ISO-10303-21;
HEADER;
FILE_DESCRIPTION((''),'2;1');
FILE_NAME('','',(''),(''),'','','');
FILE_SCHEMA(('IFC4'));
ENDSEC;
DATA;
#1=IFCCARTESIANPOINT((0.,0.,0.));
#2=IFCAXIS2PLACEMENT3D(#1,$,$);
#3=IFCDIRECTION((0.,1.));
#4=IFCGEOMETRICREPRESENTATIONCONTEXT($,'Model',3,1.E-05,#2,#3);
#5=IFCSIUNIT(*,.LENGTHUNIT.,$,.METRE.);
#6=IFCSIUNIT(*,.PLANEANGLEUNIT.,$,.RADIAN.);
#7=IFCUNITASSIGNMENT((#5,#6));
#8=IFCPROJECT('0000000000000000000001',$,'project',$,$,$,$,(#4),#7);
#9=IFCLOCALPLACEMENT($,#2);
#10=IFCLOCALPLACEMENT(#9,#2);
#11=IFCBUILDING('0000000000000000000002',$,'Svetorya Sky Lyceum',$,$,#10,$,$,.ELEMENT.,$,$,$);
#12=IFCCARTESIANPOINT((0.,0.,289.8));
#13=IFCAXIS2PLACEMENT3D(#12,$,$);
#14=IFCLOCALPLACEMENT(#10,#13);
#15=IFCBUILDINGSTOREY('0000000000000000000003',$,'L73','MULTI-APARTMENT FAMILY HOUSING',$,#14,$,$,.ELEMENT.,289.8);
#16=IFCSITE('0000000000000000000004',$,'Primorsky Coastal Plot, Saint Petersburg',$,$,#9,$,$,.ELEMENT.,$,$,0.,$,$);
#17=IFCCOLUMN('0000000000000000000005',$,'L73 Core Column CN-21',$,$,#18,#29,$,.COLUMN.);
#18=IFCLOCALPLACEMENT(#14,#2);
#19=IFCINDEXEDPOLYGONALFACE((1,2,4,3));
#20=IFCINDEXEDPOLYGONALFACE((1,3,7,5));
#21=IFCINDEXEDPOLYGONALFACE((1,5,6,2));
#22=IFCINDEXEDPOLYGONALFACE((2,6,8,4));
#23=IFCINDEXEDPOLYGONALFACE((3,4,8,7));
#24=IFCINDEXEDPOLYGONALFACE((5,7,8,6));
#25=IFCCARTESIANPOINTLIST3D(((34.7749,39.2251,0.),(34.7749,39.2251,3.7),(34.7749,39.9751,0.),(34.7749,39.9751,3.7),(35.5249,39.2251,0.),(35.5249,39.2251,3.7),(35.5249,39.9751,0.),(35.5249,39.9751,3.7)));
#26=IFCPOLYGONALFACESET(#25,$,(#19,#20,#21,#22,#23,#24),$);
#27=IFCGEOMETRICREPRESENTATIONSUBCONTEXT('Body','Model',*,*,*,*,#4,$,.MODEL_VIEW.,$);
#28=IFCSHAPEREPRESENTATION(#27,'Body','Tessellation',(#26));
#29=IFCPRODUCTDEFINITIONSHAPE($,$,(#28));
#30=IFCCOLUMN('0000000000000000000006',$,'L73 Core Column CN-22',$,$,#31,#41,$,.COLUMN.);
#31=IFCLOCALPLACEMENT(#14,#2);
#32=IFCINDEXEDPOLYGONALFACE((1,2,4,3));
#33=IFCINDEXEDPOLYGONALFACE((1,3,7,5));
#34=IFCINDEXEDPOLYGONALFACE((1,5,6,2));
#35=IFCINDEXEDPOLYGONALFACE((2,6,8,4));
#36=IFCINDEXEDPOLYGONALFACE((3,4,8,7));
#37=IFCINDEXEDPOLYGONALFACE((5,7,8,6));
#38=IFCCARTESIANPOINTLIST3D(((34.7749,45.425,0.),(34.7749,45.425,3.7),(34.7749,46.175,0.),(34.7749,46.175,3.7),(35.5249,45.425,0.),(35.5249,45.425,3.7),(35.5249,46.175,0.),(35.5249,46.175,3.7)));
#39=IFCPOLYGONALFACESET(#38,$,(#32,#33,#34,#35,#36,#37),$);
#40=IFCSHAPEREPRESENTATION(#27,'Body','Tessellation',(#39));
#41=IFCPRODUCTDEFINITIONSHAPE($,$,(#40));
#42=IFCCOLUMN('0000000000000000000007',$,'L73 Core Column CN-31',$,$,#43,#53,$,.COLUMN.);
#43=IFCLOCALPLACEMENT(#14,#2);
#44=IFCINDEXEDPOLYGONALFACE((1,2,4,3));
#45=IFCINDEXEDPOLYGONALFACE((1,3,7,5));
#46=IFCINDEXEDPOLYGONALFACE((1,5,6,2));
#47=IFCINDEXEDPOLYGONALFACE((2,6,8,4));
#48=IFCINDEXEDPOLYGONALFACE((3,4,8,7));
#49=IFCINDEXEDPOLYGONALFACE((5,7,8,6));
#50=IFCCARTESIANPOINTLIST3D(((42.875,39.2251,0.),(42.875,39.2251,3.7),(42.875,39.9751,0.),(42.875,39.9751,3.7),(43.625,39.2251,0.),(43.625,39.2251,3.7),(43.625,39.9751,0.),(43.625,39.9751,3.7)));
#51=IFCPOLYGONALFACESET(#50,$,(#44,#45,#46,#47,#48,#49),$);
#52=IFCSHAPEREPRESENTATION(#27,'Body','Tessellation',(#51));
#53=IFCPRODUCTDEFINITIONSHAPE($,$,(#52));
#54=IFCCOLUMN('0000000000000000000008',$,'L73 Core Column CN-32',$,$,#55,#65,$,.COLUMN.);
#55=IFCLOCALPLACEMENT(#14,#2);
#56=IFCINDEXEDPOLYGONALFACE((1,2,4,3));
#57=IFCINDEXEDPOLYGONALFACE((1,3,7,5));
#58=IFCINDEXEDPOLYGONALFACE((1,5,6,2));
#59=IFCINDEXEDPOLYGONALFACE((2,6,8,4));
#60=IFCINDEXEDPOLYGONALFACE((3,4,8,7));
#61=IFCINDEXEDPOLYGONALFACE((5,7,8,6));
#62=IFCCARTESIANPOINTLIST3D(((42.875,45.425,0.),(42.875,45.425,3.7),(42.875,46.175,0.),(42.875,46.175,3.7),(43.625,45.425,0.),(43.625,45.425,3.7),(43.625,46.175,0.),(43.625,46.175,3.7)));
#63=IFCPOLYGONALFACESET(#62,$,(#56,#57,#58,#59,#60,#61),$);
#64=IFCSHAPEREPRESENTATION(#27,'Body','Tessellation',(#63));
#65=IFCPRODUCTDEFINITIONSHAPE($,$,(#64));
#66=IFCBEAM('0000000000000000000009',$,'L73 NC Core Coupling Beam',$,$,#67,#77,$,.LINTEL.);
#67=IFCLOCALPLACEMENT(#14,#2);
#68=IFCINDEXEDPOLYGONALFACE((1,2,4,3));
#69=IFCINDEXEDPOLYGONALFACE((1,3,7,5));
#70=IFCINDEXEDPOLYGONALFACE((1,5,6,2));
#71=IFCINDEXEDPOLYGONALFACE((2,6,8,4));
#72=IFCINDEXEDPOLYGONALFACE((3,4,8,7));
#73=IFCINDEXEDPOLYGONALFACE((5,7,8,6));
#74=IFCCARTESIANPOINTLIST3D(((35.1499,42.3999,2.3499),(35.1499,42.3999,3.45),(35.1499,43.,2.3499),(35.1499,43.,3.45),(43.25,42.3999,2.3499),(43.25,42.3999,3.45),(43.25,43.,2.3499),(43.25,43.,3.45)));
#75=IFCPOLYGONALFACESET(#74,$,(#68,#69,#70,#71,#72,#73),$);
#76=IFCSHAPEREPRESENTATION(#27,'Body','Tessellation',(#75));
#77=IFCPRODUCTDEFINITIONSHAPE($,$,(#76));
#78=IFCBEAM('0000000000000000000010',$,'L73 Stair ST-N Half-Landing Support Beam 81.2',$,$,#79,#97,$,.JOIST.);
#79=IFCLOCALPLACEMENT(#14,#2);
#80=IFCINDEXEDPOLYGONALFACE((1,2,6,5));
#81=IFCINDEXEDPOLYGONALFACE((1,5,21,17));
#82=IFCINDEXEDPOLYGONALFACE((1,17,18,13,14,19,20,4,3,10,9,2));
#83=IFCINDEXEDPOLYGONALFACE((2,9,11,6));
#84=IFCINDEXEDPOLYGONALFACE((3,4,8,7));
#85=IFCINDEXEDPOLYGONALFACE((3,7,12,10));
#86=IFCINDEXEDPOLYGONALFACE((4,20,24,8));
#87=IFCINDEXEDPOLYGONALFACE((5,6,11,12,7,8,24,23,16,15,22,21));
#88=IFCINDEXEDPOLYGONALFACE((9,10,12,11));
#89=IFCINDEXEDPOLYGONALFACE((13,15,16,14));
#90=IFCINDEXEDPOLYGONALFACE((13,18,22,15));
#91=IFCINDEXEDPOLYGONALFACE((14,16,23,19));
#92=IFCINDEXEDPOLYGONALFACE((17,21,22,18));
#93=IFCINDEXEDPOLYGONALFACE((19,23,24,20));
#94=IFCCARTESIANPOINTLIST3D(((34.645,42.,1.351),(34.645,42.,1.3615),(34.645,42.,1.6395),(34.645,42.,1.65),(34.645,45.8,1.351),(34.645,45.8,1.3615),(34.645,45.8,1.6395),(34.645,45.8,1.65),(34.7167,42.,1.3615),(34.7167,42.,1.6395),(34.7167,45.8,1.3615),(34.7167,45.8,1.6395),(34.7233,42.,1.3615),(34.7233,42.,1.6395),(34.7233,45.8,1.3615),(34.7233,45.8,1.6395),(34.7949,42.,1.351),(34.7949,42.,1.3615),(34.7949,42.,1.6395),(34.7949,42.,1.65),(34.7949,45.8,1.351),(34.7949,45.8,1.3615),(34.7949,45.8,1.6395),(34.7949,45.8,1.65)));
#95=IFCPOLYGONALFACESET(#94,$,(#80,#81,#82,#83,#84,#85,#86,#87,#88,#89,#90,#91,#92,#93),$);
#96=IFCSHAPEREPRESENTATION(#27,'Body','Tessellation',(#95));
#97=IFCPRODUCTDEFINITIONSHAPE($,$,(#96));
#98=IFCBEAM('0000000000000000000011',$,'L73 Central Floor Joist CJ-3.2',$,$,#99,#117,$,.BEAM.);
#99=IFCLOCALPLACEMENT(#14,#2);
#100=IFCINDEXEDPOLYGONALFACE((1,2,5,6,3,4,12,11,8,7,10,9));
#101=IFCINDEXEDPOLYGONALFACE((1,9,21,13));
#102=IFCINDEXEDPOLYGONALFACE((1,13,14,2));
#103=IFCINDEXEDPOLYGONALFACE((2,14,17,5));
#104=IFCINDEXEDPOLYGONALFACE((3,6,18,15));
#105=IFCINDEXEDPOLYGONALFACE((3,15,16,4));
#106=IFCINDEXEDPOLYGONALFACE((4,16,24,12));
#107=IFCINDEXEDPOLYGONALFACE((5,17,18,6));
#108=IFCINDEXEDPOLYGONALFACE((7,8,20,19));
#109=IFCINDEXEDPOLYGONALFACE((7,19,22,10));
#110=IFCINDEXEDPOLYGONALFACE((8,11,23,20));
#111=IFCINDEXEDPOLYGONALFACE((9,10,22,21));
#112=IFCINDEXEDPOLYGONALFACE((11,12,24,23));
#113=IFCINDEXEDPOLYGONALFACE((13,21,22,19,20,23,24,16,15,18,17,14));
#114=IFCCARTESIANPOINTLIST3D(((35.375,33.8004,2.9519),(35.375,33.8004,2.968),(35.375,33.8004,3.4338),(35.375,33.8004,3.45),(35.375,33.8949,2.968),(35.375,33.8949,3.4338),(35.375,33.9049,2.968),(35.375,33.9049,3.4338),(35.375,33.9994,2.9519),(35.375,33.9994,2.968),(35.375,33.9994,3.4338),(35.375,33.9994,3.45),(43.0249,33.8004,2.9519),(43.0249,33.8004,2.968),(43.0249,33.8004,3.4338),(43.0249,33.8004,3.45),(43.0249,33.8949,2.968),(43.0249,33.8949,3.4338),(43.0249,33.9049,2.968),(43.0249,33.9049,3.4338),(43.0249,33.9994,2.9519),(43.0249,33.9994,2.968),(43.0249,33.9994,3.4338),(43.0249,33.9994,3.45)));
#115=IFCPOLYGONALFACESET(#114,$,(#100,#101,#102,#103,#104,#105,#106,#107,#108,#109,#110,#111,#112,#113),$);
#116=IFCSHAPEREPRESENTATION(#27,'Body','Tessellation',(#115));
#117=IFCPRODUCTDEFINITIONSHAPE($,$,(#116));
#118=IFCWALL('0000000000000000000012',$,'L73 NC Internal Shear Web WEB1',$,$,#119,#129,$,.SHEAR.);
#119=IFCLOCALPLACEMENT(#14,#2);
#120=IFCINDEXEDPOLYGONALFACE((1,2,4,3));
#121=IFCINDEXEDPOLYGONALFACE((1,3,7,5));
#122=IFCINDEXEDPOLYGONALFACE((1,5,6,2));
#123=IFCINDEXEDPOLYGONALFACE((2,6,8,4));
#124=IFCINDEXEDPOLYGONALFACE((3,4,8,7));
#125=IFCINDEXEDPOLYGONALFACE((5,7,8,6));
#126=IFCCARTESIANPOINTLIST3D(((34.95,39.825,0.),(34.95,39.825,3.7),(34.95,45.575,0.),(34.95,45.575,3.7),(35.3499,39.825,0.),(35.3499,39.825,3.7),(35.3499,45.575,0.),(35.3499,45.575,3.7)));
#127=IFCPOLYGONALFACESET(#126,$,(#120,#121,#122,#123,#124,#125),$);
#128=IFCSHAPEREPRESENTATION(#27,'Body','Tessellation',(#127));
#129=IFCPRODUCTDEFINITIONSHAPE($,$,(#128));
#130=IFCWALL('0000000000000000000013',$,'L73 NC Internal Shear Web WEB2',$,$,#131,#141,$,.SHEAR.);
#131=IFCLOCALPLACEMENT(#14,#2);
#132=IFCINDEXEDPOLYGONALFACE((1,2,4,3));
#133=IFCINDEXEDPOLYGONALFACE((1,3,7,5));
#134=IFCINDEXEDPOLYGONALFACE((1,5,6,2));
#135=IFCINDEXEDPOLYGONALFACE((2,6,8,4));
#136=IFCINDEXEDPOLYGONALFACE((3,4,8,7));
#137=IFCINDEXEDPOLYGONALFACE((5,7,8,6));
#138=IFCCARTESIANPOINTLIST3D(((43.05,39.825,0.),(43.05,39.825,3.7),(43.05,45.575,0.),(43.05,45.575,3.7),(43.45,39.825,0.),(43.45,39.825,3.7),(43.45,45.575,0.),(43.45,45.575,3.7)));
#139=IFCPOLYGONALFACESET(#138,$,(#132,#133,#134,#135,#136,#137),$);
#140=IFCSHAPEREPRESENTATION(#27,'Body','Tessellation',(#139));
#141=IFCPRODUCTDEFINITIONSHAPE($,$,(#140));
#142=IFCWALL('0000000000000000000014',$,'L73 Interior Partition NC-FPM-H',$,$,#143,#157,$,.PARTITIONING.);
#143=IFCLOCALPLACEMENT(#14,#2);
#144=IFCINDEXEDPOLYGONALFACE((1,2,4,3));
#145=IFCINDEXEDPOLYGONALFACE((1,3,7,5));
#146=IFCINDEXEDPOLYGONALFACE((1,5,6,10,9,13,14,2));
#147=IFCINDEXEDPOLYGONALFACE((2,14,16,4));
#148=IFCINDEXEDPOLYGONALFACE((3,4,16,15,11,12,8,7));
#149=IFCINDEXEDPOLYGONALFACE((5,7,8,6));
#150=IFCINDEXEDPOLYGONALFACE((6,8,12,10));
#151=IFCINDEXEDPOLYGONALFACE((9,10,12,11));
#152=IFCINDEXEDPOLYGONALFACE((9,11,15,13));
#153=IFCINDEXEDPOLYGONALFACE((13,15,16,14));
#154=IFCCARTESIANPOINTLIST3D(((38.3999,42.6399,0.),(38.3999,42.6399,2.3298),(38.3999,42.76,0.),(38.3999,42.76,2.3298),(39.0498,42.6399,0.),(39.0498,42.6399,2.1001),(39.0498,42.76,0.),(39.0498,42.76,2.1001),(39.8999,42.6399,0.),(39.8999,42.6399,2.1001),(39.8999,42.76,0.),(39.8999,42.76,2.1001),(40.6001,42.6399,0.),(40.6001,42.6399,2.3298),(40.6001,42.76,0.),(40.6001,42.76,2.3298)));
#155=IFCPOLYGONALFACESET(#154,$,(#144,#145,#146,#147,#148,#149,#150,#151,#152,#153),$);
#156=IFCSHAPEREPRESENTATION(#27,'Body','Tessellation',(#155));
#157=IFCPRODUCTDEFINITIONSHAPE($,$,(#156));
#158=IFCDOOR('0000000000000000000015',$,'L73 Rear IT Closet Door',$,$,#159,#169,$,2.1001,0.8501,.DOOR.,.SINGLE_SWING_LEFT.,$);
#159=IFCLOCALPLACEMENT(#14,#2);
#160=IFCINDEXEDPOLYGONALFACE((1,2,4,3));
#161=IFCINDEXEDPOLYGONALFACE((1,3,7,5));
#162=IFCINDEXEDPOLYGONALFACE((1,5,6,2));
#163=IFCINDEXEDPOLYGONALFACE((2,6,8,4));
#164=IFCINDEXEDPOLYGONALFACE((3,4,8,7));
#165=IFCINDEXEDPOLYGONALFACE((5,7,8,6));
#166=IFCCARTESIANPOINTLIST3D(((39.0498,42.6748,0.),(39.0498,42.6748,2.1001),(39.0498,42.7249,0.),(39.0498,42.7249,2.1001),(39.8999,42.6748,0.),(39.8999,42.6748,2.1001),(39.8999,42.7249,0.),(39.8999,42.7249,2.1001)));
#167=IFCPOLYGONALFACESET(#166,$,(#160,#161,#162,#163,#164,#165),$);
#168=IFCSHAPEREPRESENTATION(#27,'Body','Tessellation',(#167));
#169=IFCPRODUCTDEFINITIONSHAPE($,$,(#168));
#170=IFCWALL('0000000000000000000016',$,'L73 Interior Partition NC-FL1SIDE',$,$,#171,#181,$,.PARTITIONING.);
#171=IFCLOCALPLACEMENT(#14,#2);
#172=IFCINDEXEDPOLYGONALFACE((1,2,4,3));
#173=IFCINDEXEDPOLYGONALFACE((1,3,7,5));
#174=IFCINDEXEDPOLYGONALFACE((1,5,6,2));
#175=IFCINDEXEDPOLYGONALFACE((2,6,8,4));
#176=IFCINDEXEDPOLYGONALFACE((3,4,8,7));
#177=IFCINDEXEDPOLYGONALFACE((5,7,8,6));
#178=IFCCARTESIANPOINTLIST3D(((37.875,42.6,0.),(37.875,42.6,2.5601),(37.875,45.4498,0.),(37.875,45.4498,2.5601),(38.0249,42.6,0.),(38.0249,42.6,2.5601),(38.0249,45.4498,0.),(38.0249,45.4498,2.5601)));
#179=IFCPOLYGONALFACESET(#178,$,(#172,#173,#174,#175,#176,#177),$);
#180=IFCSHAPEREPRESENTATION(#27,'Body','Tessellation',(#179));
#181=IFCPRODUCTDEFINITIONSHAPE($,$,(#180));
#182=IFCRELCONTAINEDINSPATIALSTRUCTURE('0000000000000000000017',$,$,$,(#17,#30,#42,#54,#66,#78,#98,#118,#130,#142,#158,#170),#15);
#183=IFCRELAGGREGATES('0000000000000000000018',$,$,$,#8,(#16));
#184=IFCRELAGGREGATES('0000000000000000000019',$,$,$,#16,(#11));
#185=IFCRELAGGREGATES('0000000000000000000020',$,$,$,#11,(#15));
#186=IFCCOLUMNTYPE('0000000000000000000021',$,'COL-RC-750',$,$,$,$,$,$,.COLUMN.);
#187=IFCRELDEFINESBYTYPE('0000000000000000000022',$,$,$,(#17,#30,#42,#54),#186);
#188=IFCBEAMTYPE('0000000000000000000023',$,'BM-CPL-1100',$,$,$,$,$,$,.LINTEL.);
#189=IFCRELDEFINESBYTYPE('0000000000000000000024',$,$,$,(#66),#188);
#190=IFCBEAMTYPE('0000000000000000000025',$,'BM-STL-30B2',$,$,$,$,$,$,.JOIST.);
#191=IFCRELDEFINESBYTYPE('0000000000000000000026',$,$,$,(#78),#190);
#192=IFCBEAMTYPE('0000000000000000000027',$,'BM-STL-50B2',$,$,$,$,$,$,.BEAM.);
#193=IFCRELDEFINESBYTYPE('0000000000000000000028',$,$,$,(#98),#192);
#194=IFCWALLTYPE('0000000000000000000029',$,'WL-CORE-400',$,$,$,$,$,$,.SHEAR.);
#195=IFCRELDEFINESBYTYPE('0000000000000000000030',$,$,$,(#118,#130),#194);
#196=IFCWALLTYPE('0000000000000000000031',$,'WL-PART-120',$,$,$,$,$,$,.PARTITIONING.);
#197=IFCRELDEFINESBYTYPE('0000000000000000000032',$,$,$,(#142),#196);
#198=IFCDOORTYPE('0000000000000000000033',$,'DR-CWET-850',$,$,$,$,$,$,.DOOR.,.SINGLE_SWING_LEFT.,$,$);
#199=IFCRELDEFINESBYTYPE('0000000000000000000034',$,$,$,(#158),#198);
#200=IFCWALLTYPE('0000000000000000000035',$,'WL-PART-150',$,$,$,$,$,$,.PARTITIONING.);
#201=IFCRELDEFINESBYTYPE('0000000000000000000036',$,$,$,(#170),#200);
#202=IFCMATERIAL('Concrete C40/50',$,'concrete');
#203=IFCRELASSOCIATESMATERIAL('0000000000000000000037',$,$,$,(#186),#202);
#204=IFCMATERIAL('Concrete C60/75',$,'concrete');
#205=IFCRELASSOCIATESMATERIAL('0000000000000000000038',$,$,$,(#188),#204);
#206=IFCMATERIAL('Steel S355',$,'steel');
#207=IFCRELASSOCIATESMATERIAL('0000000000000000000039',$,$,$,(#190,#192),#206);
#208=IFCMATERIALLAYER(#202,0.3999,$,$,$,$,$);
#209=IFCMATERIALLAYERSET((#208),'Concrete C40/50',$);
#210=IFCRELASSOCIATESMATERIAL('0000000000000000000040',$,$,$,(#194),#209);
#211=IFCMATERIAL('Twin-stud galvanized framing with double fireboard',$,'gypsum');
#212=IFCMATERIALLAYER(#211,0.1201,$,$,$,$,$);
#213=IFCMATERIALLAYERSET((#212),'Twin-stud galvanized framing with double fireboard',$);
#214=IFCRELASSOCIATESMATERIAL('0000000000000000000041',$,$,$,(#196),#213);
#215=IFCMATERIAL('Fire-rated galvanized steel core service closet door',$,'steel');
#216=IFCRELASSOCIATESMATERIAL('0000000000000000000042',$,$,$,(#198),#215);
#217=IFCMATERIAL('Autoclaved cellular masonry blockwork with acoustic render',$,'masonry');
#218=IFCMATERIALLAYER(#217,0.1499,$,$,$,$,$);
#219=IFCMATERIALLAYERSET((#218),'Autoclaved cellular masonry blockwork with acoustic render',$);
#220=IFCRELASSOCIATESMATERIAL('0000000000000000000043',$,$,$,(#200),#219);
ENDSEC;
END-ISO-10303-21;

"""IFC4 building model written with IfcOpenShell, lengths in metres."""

from ifc_helpers import new_model, si_unit, direction, frame, frame_2d, origin, origin_2d, place, context, subcontext, project, spatial, rectangle, i_section, extrude, material, layer, layer_set, material_profile, profile_set, type_object, element, fill, save


model = new_model("IFC4")

# Units and contexts
model_context = context("Model", 3, precision=1e-05, world=origin(), true_north=direction((0.0, 1.0)))
body_context = subcontext(model_context, "Body", "Model", "MODEL_VIEW")
ifc_project = project(units=[si_unit("LENGTHUNIT", "METRE"), si_unit("PLANEANGLEUNIT", "RADIAN")], contexts=[model_context])

# Site, building, storey
site_placement = place(None, origin())
site = spatial("IfcSite", under=ifc_project, at=site_placement, Name="Primorsky Coastal Plot, Saint Petersburg", CompositionType="ELEMENT", RefElevation=0.0)
building_placement = place(site_placement, origin())
building = spatial("IfcBuilding", under=site, at=building_placement, Name="Svetorya Sky Lyceum", CompositionType="ELEMENT")
storey_placement = place(building_placement, frame((0.0, 0.0, 289.8)))
storey = spatial("IfcBuildingStorey", under=building, at=storey_placement, Name="L73", Description="MULTI-APARTMENT FAMILY HOUSING", CompositionType="ELEMENT", Elevation=289.8)

# Columns
ifc_material_1 = material(Name="Concrete C40/50", Category="concrete")
ifc_material_profile_1 = material_profile(ifc_material_1, rectangle(XDim=0.75, YDim=0.75, at=origin_2d()), Name="RC COL 750x750")
ifc_profile_set_1 = profile_set([ifc_material_profile_1], Name="Concrete C40/50")
column_type = type_object("IfcColumnType", Name="COL-RC-750", PredefinedType="COLUMN", material=ifc_profile_set_1)
for number, where, z_axis, x_axis, name in (
    (1, (35.1499, 39.6001, 0.0), (0.0, 0.0, 1.0), (1.0, 0.0, 0.0), "L73 Core Column CN-21"),
    (2, (35.1499, 45.8, 0.0), (0.0, 0.0, 1.0), (1.0, 0.0, 0.0), "L73 Core Column CN-22"),
    (3, (43.25, 39.6001, 0.0), (0.0, 0.0, 1.0), (1.0, 0.0, 0.0), "L73 Core Column CN-31"),
    (4, (43.25, 45.8, 0.0), (0.0, 0.0, 1.0), (1.0, 0.0, 0.0), "L73 Core Column CN-32"),
):
    element("IfcColumn", number, at=place(storey_placement, frame(where, z_axis=z_axis, x_axis=x_axis)), inside=storey, type_object=column_type, Name=name, PredefinedType="COLUMN", context=body_context, shape_type="SweptSolid", body=[
        extrude(rectangle(XDim=0.75, YDim=0.75, at=origin_2d()), origin(), (0.0, 0.0, 1.0), 3.7),
    ])

# Beams
ifc_material_2 = material(Name="Concrete C60/75", Category="concrete")
ifc_material_profile_2 = material_profile(ifc_material_2, rectangle(XDim=0.6001, YDim=1.1001, at=origin_2d()), Name="RC COUPLING 600x1100")
ifc_profile_set_2 = profile_set([ifc_material_profile_2], Name="Concrete C60/75")
beam_type_1 = type_object("IfcBeamType", Name="BM-CPL-1100", PredefinedType="LINTEL", material=ifc_profile_set_2)
beam_1_placement = place(storey_placement, frame((35.1499, 42.7, 2.8999), z_axis=(1.0, 0.0, 0.0), x_axis=(0.0, 1.0, 0.0)))
element("IfcBeam", 5, at=beam_1_placement, inside=storey, type_object=beam_type_1, Name="L73 NC Core Coupling Beam", PredefinedType="LINTEL", context=body_context, shape_type="SweptSolid", body=[
    extrude(rectangle(XDim=0.6001, YDim=1.1001, at=origin_2d()), origin(), (0.0, 0.0, 1.0), 8.1001),
])
ifc_material_3 = material(Name="Steel S355", Category="steel")
ifc_material_profile_3 = material_profile(ifc_material_3, i_section(OverallWidth=0.1499, OverallDepth=0.2991, WebThickness=0.0066, FlangeThickness=0.0105, at=origin_2d()), Name="GOST 30B2")
ifc_profile_set_3 = profile_set([ifc_material_profile_3], Name="Steel S355")
beam_type_2 = type_object("IfcBeamType", Name="BM-STL-30B2", PredefinedType="JOIST", material=ifc_profile_set_3)
beam_2_placement = place(storey_placement, frame((34.72, 42.0, 1.5005), z_axis=(0.0, 1.0, 0.0), x_axis=(-1.0, 0.0, 0.0)))
element("IfcBeam", 6, at=beam_2_placement, inside=storey, type_object=beam_type_2, Name="L73 Stair ST-N Half-Landing Support Beam 81.2", PredefinedType="JOIST", context=body_context, shape_type="SweptSolid", body=[
    extrude(i_section(OverallWidth=0.1499, OverallDepth=0.2991, WebThickness=0.0066, FlangeThickness=0.0105, at=origin_2d()), origin(), (0.0, 0.0, 1.0), 3.8),
])
ifc_material_profile_4 = material_profile(ifc_material_3, i_section(OverallWidth=0.199, OverallDepth=0.498, WebThickness=0.01, FlangeThickness=0.0161, at=origin_2d()), Name="GOST 50B2")
ifc_profile_set_4 = profile_set([ifc_material_profile_4], Name="Steel S355")
beam_type_3 = type_object("IfcBeamType", Name="BM-STL-50B2", PredefinedType="BEAM", material=ifc_profile_set_4)
beam_3_placement = place(storey_placement, frame((35.375, 33.8999, 3.2009), z_axis=(1.0, 0.0, 0.0), x_axis=(0.0, 1.0, 0.0)))
element("IfcBeam", 7, at=beam_3_placement, inside=storey, type_object=beam_type_3, Name="L73 Central Floor Joist CJ-3.2", PredefinedType="BEAM", context=body_context, shape_type="SweptSolid", body=[
    extrude(i_section(OverallWidth=0.199, OverallDepth=0.498, WebThickness=0.01, FlangeThickness=0.0161, at=origin_2d()), origin(), (0.0, 0.0, 1.0), 7.6499),
])

# Walls
ifc_layer_1 = layer(ifc_material_1, 0.3999)
ifc_layer_set_1 = layer_set([ifc_layer_1], Name="Concrete C40/50")
wall_type_1 = type_object("IfcWallType", Name="WL-CORE-400", PredefinedType="SHEAR", material=ifc_layer_set_1)
for number, where, z_axis, x_axis, name in (
    (8, (35.1499, 39.825, 0.0), (0.0, 0.0, 1.0), (0.0, 1.0, 0.0), "L73 NC Internal Shear Web WEB1"),
    (9, (43.25, 39.825, 0.0), (0.0, 0.0, 1.0), (0.0, 1.0, 0.0), "L73 NC Internal Shear Web WEB2"),
):
    element("IfcWall", number, at=place(storey_placement, frame(where, z_axis=z_axis, x_axis=x_axis)), inside=storey, type_object=wall_type_1, Name=name, PredefinedType="SHEAR", context=body_context, shape_type="SweptSolid", body=[
        extrude(rectangle(XDim=5.75, YDim=0.3999, at=frame_2d((2.875, 0.0))), origin(), (0.0, 0.0, 1.0), 3.7),
    ])

# Wall, opening, door
ifc_material_4 = material(Name="Twin-stud galvanized framing with double fireboard", Category="gypsum")
ifc_layer_2 = layer(ifc_material_4, 0.1201)
ifc_layer_set_2 = layer_set([ifc_layer_2], Name="Twin-stud galvanized framing with double fireboard")
wall_type_2 = type_object("IfcWallType", Name="WL-PART-120", PredefinedType="PARTITIONING", material=ifc_layer_set_2)
wall_1_placement = place(storey_placement, frame((38.3999, 42.7, 0.0), z_axis=(0.0, 0.0, 1.0), x_axis=(1.0, 0.0, 0.0)))
wall_1 = element("IfcWall", 10, at=wall_1_placement, inside=storey, type_object=wall_type_2, Name="L73 Interior Partition NC-FPM-H", PredefinedType="PARTITIONING", context=body_context, shape_type="SweptSolid", body=[
    extrude(rectangle(XDim=2.2002, YDim=0.1201, at=frame_2d((1.1001, 0.0))), origin(), (0.0, 0.0, 1.0), 2.3298),
])
opening_1_placement = place(wall_1_placement, frame((0.6499, 0.0, 0.0)))
opening_1 = element("IfcOpeningElement", 11, at=opening_1_placement, cuts=wall_1, PredefinedType="OPENING", context=body_context, shape_type="SweptSolid", body=[
    extrude(rectangle(XDim=0.8501, YDim=2.1001, at=frame_2d((0.425, 1.05))), frame((0.0, 0.0701, 0.0), z_axis=(0.0, -1.0, 0.0), x_axis=(1.0, 0.0, 0.0)), (0.0, 0.0, 1.0), 0.1401),
])
ifc_material_5 = material(Name="Fire-rated galvanized steel core service closet door", Category="steel")
door_type_1 = type_object("IfcDoorType", Name="DR-CWET-850", OperationType="SINGLE_SWING_LEFT", PredefinedType="DOOR", material=ifc_material_5)
door_1_placement = place(opening_1_placement, origin())
door_1 = element("IfcDoor", 12, at=door_1_placement, inside=storey, type_object=door_type_1, Name="L73 Rear IT Closet Door", OperationType="SINGLE_SWING_LEFT", OverallHeight=2.1001, OverallWidth=0.8501, PredefinedType="DOOR", context=body_context, shape_type="SweptSolid", body=[
    extrude(rectangle(XDim=0.8501, YDim=2.1001, at=frame_2d((0.425, 1.05))), frame((0.0, 0.0249, 0.0), z_axis=(0.0, -1.0, 0.0), x_axis=(1.0, 0.0, 0.0)), (0.0, 0.0, 1.0), 0.05),
])
fill(opening_1, door_1)

# Wall
ifc_material_6 = material(Name="Autoclaved cellular masonry blockwork with acoustic render", Category="masonry")
ifc_layer_3 = layer(ifc_material_6, 0.1499)
ifc_layer_set_3 = layer_set([ifc_layer_3], Name="Autoclaved cellular masonry blockwork with acoustic render")
wall_type_3 = type_object("IfcWallType", Name="WL-PART-150", PredefinedType="PARTITIONING", material=ifc_layer_set_3)
wall_2_placement = place(storey_placement, frame((37.95, 42.6001, 0.0), z_axis=(0.0, 0.0, 1.0), x_axis=(0.0, 1.0, 0.0)))
element("IfcWall", 13, at=wall_2_placement, inside=storey, type_object=wall_type_3, Name="L73 Interior Partition NC-FL1SIDE", PredefinedType="PARTITIONING", context=body_context, shape_type="SweptSolid", body=[
    extrude(rectangle(XDim=2.8499, YDim=0.1499, at=frame_2d((1.4248, 0.0))), origin(), (0.0, 0.0, 1.0), 2.5601),
])

save(model, "model.ifc")
